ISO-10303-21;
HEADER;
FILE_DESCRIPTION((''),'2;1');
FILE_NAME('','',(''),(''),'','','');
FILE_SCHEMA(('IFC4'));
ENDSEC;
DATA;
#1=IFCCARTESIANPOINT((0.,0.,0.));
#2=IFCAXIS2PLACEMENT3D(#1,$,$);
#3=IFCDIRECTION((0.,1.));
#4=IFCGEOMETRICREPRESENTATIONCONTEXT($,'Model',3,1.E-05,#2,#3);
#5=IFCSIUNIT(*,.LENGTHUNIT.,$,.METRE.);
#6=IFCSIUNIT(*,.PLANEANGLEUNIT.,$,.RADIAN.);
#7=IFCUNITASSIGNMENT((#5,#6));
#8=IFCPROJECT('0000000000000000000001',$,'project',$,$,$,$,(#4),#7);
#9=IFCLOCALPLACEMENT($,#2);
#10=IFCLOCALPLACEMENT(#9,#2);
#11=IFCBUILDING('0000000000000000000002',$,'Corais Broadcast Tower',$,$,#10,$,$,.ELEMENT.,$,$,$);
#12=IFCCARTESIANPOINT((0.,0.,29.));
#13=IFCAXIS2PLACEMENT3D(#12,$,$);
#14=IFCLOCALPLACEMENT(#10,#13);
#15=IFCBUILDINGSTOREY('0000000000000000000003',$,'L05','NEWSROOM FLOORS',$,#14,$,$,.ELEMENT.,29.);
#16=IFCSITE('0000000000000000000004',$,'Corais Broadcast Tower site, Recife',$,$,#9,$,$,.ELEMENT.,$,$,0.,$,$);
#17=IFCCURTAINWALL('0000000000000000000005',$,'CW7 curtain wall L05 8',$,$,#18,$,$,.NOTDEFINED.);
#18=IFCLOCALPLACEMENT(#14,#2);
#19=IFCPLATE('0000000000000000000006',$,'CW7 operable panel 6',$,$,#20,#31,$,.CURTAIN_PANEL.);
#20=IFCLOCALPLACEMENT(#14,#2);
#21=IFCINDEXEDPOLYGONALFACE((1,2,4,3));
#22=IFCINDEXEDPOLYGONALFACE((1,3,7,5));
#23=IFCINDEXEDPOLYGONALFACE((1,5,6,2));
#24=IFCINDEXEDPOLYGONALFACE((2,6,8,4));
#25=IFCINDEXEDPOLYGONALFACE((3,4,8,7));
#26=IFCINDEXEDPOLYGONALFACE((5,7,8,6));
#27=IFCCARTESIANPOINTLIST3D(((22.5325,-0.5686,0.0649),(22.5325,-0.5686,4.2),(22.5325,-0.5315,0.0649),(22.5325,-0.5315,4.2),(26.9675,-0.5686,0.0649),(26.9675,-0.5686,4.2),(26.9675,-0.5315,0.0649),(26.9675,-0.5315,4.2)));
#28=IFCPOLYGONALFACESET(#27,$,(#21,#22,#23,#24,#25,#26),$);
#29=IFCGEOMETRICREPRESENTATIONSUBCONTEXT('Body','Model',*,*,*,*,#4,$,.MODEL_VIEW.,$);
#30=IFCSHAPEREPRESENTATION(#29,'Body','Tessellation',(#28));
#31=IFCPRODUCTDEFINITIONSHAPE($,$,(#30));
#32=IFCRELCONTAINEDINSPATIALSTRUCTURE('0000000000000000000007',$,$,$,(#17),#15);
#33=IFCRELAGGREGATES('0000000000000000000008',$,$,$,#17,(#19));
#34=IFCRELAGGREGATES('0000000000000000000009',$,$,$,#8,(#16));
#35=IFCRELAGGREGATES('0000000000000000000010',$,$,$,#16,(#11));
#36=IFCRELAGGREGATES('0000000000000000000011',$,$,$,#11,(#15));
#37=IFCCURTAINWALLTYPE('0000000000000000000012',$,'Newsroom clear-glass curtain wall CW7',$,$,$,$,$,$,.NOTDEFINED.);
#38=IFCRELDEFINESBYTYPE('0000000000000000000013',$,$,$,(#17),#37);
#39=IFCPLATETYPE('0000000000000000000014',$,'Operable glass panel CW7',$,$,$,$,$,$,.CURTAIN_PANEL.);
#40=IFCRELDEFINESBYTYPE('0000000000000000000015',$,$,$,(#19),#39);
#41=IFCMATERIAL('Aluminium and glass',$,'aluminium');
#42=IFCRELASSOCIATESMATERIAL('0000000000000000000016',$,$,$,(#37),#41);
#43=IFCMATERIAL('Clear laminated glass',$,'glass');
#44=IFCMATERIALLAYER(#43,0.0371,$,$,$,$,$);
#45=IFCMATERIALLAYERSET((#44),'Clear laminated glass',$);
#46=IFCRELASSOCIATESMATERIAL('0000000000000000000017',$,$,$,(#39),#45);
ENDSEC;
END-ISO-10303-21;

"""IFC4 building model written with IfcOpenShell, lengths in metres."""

from ifc_helpers import new_model, si_unit, direction, frame, origin, origin_2d, place, context, subcontext, project, spatial, rectangle, extrude, material, layer, layer_set, type_object, element, aggregate, save


model = new_model("IFC4")

# Units and contexts
model_context = context("Model", 3, precision=1e-05, world=origin(), true_north=direction((0.0, 1.0)))
body_context = subcontext(model_context, "Body", "Model", "MODEL_VIEW")
ifc_project = project(units=[si_unit("LENGTHUNIT", "METRE"), si_unit("PLANEANGLEUNIT", "RADIAN")], contexts=[model_context])

# Site, building, storey
site_placement = place(None, origin())
site = spatial("IfcSite", under=ifc_project, at=site_placement, Name="Corais Broadcast Tower site, Recife", CompositionType="ELEMENT", RefElevation=0.0)
building_placement = place(site_placement, origin())
building = spatial("IfcBuilding", under=site, at=building_placement, Name="Corais Broadcast Tower", CompositionType="ELEMENT")
storey_placement = place(building_placement, frame((0.0, 0.0, 29.0)))
storey = spatial("IfcBuildingStorey", under=building, at=storey_placement, Name="L05", Description="NEWSROOM FLOORS", CompositionType="ELEMENT", Elevation=29.0)

# Curtain wall
ifc_material_1 = material(Name="Aluminium and glass", Category="aluminium")
curtain_wall_type = type_object("IfcCurtainWallType", Name="Newsroom clear-glass curtain wall CW7", PredefinedType="NOTDEFINED", material=ifc_material_1)
curtain_wall_placement = place(storey_placement, origin())
curtain_wall = element("IfcCurtainWall", 1, at=curtain_wall_placement, inside=storey, type_object=curtain_wall_type, Name="CW7 curtain wall L05 8", PredefinedType="NOTDEFINED")

# Plate
ifc_material_2 = material(Name="Clear laminated glass", Category="glass")
ifc_layer_1 = layer(ifc_material_2, 0.0371)
ifc_layer_set_1 = layer_set([ifc_layer_1], Name="Clear laminated glass")
plate_type_1 = type_object("IfcPlateType", Name="Operable glass panel CW7", PredefinedType="CURTAIN_PANEL", material=ifc_layer_set_1)
plate_1_placement = place(storey_placement, frame((24.75, -0.55, 0.0649), z_axis=(0.0, 0.0, 1.0), x_axis=(-1.0, 0.0, 0.0)))
plate_1 = element("IfcPlate", 2, at=plate_1_placement, type_object=plate_type_1, Name="CW7 operable panel 6", PredefinedType="CURTAIN_PANEL", context=body_context, shape_type="SweptSolid", body=[
    extrude(rectangle(XDim=4.4351, YDim=0.0371, at=origin_2d()), origin(), (0.0, 0.0, 1.0), 4.135),
])
aggregate(curtain_wall, [plate_1])

save(model, "model.ifc")
